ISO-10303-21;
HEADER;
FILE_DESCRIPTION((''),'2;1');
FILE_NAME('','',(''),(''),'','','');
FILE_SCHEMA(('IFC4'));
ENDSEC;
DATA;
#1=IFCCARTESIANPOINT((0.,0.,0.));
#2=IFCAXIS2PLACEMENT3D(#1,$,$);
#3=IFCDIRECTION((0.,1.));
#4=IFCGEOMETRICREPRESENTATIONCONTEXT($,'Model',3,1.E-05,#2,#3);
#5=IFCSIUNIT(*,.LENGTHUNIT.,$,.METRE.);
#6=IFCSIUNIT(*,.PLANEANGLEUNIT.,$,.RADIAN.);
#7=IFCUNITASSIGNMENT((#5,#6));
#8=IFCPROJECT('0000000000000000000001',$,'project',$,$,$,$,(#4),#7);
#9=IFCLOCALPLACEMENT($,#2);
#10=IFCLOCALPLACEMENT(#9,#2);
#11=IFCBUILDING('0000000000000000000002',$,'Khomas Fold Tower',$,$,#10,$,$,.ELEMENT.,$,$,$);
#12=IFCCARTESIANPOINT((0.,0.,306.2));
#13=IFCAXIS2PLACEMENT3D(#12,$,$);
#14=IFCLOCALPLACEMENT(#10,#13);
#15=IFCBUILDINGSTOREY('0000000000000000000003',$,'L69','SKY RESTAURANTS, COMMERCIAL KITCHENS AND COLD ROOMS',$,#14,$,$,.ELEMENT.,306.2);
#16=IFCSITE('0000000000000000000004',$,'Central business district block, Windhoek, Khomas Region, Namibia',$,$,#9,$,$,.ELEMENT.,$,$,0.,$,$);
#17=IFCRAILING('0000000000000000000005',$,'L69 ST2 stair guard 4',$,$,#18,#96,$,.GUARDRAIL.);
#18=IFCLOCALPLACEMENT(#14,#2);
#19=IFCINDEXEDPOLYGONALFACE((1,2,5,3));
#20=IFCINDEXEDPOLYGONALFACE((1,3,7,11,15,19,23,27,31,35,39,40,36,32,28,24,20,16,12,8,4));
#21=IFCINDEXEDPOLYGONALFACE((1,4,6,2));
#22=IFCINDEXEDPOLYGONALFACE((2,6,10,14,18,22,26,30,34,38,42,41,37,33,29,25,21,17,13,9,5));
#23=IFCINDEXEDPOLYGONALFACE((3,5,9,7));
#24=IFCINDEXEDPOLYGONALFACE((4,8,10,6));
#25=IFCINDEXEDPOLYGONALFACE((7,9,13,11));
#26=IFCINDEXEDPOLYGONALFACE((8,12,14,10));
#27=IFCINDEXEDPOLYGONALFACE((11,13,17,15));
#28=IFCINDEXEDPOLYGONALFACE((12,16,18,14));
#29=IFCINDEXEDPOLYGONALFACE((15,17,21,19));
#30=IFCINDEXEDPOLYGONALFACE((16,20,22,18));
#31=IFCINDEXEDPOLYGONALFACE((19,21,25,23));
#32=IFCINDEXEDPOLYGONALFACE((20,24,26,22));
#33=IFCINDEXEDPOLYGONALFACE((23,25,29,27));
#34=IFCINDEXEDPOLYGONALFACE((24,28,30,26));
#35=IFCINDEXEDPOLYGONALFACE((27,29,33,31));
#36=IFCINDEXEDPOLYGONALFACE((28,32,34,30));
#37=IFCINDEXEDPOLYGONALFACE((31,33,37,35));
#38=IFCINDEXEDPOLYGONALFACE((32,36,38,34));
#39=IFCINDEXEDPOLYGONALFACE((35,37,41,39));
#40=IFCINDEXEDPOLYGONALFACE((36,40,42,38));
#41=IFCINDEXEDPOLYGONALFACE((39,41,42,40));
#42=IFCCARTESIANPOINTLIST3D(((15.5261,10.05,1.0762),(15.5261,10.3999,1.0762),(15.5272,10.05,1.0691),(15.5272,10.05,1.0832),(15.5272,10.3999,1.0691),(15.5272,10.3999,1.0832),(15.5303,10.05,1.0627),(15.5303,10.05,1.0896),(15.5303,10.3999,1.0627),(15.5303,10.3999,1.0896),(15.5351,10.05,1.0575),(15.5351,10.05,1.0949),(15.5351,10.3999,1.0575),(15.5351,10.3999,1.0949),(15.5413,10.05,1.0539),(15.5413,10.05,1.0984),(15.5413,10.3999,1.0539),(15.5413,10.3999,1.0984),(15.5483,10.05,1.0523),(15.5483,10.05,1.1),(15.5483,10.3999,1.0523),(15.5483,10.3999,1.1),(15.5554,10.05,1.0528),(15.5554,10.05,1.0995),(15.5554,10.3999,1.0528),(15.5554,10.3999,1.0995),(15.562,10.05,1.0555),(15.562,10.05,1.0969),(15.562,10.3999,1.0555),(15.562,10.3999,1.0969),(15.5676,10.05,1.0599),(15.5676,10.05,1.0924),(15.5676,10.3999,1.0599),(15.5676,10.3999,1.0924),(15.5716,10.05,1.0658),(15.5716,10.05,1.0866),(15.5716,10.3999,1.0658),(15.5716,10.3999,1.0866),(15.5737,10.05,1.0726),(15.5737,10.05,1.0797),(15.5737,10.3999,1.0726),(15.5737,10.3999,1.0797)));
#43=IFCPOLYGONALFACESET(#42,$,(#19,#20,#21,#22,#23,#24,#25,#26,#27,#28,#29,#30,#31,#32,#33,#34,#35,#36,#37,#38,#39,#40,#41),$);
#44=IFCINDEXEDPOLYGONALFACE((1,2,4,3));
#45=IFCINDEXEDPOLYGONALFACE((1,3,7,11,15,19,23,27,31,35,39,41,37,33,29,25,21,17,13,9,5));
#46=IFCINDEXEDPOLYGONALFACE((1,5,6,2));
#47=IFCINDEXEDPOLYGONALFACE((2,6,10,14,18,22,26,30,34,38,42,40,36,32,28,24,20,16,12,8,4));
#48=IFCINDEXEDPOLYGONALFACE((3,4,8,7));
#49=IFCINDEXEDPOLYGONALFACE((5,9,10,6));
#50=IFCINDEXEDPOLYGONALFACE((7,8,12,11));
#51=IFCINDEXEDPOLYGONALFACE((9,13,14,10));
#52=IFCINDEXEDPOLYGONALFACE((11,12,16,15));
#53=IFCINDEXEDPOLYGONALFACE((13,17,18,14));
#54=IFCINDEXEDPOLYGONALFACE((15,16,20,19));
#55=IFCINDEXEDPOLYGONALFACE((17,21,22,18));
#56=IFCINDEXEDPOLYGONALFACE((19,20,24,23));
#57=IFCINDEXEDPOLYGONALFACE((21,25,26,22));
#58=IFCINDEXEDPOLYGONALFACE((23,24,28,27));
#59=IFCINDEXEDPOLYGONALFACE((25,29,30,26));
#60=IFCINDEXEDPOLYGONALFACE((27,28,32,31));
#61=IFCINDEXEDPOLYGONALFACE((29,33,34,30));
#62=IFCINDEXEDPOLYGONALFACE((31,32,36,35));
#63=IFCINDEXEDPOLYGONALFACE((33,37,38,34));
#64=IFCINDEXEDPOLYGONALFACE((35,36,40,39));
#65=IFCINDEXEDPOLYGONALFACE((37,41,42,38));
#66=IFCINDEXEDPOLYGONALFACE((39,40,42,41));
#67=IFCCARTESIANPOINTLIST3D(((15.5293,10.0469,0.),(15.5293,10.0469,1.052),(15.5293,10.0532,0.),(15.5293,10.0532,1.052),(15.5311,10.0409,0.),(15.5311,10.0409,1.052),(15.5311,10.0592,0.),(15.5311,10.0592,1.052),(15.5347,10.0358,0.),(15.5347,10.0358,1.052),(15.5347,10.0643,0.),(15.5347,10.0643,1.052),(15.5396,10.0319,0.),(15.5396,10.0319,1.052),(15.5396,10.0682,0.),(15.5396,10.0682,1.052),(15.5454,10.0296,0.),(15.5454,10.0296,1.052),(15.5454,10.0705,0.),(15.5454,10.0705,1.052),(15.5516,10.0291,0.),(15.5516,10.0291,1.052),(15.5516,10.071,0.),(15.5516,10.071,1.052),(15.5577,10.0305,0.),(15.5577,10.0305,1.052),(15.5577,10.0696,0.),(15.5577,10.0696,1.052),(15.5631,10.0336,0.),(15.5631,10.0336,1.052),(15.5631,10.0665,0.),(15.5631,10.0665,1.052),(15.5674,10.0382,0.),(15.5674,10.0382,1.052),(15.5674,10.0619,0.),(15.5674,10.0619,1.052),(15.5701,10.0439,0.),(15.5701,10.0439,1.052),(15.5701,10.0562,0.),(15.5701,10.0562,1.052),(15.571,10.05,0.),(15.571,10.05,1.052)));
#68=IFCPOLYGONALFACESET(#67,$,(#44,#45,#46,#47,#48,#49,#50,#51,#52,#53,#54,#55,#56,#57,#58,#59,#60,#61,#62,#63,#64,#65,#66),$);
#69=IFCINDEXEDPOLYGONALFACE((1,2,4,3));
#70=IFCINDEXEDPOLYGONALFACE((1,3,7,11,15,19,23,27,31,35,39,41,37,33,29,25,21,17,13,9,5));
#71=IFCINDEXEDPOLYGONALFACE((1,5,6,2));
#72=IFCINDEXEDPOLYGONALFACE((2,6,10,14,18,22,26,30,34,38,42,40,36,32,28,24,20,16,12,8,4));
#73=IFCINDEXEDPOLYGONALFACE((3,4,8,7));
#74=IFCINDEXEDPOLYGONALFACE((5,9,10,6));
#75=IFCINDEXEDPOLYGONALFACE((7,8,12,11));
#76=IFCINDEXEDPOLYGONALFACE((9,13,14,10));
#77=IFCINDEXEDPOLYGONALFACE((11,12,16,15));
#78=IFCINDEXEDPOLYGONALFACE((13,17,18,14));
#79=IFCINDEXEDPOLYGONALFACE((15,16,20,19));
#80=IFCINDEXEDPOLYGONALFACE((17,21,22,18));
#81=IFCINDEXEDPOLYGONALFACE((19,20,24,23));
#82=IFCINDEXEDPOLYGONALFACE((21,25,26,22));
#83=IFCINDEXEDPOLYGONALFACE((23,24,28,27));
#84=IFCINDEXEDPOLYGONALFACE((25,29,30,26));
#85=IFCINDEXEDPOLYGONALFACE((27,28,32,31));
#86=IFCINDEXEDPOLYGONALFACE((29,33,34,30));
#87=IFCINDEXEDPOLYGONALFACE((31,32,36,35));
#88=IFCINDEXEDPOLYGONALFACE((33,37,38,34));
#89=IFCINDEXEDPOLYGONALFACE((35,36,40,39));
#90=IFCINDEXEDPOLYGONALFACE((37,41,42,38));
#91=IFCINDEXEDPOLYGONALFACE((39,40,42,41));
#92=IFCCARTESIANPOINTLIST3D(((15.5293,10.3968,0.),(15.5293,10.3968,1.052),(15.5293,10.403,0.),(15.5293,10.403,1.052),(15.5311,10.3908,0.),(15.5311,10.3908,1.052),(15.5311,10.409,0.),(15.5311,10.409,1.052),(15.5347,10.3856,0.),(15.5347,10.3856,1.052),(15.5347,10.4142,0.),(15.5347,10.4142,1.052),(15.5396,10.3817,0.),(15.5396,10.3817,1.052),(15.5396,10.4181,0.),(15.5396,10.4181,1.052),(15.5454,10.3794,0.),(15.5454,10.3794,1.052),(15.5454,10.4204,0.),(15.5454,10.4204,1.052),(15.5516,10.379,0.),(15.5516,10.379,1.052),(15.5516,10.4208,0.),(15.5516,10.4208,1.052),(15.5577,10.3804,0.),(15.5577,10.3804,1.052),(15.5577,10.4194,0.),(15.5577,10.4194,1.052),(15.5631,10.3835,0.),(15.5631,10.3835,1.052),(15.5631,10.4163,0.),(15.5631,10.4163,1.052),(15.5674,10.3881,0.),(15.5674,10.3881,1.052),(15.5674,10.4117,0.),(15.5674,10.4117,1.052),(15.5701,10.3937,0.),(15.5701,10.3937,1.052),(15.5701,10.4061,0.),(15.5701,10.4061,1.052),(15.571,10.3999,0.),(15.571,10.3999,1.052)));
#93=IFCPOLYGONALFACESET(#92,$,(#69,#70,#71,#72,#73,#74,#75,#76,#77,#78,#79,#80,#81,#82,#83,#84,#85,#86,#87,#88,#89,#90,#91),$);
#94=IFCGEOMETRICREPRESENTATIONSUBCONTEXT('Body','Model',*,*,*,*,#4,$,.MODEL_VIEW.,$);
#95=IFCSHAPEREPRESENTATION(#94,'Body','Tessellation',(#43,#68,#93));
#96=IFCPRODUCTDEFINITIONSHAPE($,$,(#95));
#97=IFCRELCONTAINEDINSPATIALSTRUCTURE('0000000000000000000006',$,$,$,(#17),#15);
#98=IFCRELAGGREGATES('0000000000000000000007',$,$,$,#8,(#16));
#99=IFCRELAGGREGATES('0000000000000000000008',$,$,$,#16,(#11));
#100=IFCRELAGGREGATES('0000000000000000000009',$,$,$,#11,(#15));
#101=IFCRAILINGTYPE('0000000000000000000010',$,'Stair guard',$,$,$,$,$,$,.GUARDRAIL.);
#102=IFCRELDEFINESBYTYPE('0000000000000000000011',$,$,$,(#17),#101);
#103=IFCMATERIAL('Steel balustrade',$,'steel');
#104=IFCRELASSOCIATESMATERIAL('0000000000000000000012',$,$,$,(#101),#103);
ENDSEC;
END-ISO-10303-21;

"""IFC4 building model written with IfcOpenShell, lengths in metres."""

from ifc_helpers import new_model, si_unit, direction, frame, origin, origin_2d, place, context, subcontext, project, spatial, circle, extrude, source, transform, mapped, material, type_object, element, save


model = new_model("IFC4")

# Units and contexts
model_context = context("Model", 3, precision=1e-05, world=origin(), true_north=direction((0.0, 1.0)))
body_context = subcontext(model_context, "Body", "Model", "MODEL_VIEW")
ifc_project = project(units=[si_unit("LENGTHUNIT", "METRE"), si_unit("PLANEANGLEUNIT", "RADIAN")], contexts=[model_context])

# Site, building, storey
site_placement = place(None, origin())
site = spatial("IfcSite", under=ifc_project, at=site_placement, Name="Central business district block, Windhoek, Khomas Region, Namibia", CompositionType="ELEMENT", RefElevation=0.0)
building_placement = place(site_placement, origin())
building = spatial("IfcBuilding", under=site, at=building_placement, Name="Khomas Fold Tower", CompositionType="ELEMENT")
storey_placement = place(building_placement, frame((0.0, 0.0, 306.2)))
storey = spatial("IfcBuildingStorey", under=building, at=storey_placement, Name="L69", Description="SKY RESTAURANTS, COMMERCIAL KITCHENS AND COLD ROOMS", CompositionType="ELEMENT", Elevation=306.2)

# Railing
ifc_material_1 = material(Name="Steel balustrade", Category="steel")
railing_type_1 = type_object("IfcRailingType", Name="Stair guard", PredefinedType="GUARDRAIL", material=ifc_material_1)
shared_shape_1 = source(origin(), body_context, "Body", "SweptSolid", [
    extrude(circle(Radius=0.0239, at=origin_2d()), frame((0.0, 0.0, 1.0762), z_axis=(0.0, 1.0, 0.0), x_axis=(-1.0, 0.0, 0.0)), (0.0, 0.0, 1.0), 0.3499),
    extrude(circle(Radius=0.021, at=origin_2d()), origin(), (0.0, 0.0, 1.0), 1.052),
    extrude(circle(Radius=0.021, at=origin_2d()), frame((0.0, 0.3499, 0.0)), (0.0, 0.0, 1.0), 1.052),
])
for number, where, name in (
    (1, (15.55, 10.05, 0.0), "L69 ST2 stair guard 4"),
):
    element("IfcRailing", number, at=place(storey_placement, frame(where)), inside=storey, type_object=railing_type_1, Name=name, PredefinedType="GUARDRAIL", context=body_context, shape_type="MappedRepresentation", body=[
        mapped(shared_shape_1, transform((0.0, 0.0, 0.0))),
    ])

save(model, "model.ifc")
